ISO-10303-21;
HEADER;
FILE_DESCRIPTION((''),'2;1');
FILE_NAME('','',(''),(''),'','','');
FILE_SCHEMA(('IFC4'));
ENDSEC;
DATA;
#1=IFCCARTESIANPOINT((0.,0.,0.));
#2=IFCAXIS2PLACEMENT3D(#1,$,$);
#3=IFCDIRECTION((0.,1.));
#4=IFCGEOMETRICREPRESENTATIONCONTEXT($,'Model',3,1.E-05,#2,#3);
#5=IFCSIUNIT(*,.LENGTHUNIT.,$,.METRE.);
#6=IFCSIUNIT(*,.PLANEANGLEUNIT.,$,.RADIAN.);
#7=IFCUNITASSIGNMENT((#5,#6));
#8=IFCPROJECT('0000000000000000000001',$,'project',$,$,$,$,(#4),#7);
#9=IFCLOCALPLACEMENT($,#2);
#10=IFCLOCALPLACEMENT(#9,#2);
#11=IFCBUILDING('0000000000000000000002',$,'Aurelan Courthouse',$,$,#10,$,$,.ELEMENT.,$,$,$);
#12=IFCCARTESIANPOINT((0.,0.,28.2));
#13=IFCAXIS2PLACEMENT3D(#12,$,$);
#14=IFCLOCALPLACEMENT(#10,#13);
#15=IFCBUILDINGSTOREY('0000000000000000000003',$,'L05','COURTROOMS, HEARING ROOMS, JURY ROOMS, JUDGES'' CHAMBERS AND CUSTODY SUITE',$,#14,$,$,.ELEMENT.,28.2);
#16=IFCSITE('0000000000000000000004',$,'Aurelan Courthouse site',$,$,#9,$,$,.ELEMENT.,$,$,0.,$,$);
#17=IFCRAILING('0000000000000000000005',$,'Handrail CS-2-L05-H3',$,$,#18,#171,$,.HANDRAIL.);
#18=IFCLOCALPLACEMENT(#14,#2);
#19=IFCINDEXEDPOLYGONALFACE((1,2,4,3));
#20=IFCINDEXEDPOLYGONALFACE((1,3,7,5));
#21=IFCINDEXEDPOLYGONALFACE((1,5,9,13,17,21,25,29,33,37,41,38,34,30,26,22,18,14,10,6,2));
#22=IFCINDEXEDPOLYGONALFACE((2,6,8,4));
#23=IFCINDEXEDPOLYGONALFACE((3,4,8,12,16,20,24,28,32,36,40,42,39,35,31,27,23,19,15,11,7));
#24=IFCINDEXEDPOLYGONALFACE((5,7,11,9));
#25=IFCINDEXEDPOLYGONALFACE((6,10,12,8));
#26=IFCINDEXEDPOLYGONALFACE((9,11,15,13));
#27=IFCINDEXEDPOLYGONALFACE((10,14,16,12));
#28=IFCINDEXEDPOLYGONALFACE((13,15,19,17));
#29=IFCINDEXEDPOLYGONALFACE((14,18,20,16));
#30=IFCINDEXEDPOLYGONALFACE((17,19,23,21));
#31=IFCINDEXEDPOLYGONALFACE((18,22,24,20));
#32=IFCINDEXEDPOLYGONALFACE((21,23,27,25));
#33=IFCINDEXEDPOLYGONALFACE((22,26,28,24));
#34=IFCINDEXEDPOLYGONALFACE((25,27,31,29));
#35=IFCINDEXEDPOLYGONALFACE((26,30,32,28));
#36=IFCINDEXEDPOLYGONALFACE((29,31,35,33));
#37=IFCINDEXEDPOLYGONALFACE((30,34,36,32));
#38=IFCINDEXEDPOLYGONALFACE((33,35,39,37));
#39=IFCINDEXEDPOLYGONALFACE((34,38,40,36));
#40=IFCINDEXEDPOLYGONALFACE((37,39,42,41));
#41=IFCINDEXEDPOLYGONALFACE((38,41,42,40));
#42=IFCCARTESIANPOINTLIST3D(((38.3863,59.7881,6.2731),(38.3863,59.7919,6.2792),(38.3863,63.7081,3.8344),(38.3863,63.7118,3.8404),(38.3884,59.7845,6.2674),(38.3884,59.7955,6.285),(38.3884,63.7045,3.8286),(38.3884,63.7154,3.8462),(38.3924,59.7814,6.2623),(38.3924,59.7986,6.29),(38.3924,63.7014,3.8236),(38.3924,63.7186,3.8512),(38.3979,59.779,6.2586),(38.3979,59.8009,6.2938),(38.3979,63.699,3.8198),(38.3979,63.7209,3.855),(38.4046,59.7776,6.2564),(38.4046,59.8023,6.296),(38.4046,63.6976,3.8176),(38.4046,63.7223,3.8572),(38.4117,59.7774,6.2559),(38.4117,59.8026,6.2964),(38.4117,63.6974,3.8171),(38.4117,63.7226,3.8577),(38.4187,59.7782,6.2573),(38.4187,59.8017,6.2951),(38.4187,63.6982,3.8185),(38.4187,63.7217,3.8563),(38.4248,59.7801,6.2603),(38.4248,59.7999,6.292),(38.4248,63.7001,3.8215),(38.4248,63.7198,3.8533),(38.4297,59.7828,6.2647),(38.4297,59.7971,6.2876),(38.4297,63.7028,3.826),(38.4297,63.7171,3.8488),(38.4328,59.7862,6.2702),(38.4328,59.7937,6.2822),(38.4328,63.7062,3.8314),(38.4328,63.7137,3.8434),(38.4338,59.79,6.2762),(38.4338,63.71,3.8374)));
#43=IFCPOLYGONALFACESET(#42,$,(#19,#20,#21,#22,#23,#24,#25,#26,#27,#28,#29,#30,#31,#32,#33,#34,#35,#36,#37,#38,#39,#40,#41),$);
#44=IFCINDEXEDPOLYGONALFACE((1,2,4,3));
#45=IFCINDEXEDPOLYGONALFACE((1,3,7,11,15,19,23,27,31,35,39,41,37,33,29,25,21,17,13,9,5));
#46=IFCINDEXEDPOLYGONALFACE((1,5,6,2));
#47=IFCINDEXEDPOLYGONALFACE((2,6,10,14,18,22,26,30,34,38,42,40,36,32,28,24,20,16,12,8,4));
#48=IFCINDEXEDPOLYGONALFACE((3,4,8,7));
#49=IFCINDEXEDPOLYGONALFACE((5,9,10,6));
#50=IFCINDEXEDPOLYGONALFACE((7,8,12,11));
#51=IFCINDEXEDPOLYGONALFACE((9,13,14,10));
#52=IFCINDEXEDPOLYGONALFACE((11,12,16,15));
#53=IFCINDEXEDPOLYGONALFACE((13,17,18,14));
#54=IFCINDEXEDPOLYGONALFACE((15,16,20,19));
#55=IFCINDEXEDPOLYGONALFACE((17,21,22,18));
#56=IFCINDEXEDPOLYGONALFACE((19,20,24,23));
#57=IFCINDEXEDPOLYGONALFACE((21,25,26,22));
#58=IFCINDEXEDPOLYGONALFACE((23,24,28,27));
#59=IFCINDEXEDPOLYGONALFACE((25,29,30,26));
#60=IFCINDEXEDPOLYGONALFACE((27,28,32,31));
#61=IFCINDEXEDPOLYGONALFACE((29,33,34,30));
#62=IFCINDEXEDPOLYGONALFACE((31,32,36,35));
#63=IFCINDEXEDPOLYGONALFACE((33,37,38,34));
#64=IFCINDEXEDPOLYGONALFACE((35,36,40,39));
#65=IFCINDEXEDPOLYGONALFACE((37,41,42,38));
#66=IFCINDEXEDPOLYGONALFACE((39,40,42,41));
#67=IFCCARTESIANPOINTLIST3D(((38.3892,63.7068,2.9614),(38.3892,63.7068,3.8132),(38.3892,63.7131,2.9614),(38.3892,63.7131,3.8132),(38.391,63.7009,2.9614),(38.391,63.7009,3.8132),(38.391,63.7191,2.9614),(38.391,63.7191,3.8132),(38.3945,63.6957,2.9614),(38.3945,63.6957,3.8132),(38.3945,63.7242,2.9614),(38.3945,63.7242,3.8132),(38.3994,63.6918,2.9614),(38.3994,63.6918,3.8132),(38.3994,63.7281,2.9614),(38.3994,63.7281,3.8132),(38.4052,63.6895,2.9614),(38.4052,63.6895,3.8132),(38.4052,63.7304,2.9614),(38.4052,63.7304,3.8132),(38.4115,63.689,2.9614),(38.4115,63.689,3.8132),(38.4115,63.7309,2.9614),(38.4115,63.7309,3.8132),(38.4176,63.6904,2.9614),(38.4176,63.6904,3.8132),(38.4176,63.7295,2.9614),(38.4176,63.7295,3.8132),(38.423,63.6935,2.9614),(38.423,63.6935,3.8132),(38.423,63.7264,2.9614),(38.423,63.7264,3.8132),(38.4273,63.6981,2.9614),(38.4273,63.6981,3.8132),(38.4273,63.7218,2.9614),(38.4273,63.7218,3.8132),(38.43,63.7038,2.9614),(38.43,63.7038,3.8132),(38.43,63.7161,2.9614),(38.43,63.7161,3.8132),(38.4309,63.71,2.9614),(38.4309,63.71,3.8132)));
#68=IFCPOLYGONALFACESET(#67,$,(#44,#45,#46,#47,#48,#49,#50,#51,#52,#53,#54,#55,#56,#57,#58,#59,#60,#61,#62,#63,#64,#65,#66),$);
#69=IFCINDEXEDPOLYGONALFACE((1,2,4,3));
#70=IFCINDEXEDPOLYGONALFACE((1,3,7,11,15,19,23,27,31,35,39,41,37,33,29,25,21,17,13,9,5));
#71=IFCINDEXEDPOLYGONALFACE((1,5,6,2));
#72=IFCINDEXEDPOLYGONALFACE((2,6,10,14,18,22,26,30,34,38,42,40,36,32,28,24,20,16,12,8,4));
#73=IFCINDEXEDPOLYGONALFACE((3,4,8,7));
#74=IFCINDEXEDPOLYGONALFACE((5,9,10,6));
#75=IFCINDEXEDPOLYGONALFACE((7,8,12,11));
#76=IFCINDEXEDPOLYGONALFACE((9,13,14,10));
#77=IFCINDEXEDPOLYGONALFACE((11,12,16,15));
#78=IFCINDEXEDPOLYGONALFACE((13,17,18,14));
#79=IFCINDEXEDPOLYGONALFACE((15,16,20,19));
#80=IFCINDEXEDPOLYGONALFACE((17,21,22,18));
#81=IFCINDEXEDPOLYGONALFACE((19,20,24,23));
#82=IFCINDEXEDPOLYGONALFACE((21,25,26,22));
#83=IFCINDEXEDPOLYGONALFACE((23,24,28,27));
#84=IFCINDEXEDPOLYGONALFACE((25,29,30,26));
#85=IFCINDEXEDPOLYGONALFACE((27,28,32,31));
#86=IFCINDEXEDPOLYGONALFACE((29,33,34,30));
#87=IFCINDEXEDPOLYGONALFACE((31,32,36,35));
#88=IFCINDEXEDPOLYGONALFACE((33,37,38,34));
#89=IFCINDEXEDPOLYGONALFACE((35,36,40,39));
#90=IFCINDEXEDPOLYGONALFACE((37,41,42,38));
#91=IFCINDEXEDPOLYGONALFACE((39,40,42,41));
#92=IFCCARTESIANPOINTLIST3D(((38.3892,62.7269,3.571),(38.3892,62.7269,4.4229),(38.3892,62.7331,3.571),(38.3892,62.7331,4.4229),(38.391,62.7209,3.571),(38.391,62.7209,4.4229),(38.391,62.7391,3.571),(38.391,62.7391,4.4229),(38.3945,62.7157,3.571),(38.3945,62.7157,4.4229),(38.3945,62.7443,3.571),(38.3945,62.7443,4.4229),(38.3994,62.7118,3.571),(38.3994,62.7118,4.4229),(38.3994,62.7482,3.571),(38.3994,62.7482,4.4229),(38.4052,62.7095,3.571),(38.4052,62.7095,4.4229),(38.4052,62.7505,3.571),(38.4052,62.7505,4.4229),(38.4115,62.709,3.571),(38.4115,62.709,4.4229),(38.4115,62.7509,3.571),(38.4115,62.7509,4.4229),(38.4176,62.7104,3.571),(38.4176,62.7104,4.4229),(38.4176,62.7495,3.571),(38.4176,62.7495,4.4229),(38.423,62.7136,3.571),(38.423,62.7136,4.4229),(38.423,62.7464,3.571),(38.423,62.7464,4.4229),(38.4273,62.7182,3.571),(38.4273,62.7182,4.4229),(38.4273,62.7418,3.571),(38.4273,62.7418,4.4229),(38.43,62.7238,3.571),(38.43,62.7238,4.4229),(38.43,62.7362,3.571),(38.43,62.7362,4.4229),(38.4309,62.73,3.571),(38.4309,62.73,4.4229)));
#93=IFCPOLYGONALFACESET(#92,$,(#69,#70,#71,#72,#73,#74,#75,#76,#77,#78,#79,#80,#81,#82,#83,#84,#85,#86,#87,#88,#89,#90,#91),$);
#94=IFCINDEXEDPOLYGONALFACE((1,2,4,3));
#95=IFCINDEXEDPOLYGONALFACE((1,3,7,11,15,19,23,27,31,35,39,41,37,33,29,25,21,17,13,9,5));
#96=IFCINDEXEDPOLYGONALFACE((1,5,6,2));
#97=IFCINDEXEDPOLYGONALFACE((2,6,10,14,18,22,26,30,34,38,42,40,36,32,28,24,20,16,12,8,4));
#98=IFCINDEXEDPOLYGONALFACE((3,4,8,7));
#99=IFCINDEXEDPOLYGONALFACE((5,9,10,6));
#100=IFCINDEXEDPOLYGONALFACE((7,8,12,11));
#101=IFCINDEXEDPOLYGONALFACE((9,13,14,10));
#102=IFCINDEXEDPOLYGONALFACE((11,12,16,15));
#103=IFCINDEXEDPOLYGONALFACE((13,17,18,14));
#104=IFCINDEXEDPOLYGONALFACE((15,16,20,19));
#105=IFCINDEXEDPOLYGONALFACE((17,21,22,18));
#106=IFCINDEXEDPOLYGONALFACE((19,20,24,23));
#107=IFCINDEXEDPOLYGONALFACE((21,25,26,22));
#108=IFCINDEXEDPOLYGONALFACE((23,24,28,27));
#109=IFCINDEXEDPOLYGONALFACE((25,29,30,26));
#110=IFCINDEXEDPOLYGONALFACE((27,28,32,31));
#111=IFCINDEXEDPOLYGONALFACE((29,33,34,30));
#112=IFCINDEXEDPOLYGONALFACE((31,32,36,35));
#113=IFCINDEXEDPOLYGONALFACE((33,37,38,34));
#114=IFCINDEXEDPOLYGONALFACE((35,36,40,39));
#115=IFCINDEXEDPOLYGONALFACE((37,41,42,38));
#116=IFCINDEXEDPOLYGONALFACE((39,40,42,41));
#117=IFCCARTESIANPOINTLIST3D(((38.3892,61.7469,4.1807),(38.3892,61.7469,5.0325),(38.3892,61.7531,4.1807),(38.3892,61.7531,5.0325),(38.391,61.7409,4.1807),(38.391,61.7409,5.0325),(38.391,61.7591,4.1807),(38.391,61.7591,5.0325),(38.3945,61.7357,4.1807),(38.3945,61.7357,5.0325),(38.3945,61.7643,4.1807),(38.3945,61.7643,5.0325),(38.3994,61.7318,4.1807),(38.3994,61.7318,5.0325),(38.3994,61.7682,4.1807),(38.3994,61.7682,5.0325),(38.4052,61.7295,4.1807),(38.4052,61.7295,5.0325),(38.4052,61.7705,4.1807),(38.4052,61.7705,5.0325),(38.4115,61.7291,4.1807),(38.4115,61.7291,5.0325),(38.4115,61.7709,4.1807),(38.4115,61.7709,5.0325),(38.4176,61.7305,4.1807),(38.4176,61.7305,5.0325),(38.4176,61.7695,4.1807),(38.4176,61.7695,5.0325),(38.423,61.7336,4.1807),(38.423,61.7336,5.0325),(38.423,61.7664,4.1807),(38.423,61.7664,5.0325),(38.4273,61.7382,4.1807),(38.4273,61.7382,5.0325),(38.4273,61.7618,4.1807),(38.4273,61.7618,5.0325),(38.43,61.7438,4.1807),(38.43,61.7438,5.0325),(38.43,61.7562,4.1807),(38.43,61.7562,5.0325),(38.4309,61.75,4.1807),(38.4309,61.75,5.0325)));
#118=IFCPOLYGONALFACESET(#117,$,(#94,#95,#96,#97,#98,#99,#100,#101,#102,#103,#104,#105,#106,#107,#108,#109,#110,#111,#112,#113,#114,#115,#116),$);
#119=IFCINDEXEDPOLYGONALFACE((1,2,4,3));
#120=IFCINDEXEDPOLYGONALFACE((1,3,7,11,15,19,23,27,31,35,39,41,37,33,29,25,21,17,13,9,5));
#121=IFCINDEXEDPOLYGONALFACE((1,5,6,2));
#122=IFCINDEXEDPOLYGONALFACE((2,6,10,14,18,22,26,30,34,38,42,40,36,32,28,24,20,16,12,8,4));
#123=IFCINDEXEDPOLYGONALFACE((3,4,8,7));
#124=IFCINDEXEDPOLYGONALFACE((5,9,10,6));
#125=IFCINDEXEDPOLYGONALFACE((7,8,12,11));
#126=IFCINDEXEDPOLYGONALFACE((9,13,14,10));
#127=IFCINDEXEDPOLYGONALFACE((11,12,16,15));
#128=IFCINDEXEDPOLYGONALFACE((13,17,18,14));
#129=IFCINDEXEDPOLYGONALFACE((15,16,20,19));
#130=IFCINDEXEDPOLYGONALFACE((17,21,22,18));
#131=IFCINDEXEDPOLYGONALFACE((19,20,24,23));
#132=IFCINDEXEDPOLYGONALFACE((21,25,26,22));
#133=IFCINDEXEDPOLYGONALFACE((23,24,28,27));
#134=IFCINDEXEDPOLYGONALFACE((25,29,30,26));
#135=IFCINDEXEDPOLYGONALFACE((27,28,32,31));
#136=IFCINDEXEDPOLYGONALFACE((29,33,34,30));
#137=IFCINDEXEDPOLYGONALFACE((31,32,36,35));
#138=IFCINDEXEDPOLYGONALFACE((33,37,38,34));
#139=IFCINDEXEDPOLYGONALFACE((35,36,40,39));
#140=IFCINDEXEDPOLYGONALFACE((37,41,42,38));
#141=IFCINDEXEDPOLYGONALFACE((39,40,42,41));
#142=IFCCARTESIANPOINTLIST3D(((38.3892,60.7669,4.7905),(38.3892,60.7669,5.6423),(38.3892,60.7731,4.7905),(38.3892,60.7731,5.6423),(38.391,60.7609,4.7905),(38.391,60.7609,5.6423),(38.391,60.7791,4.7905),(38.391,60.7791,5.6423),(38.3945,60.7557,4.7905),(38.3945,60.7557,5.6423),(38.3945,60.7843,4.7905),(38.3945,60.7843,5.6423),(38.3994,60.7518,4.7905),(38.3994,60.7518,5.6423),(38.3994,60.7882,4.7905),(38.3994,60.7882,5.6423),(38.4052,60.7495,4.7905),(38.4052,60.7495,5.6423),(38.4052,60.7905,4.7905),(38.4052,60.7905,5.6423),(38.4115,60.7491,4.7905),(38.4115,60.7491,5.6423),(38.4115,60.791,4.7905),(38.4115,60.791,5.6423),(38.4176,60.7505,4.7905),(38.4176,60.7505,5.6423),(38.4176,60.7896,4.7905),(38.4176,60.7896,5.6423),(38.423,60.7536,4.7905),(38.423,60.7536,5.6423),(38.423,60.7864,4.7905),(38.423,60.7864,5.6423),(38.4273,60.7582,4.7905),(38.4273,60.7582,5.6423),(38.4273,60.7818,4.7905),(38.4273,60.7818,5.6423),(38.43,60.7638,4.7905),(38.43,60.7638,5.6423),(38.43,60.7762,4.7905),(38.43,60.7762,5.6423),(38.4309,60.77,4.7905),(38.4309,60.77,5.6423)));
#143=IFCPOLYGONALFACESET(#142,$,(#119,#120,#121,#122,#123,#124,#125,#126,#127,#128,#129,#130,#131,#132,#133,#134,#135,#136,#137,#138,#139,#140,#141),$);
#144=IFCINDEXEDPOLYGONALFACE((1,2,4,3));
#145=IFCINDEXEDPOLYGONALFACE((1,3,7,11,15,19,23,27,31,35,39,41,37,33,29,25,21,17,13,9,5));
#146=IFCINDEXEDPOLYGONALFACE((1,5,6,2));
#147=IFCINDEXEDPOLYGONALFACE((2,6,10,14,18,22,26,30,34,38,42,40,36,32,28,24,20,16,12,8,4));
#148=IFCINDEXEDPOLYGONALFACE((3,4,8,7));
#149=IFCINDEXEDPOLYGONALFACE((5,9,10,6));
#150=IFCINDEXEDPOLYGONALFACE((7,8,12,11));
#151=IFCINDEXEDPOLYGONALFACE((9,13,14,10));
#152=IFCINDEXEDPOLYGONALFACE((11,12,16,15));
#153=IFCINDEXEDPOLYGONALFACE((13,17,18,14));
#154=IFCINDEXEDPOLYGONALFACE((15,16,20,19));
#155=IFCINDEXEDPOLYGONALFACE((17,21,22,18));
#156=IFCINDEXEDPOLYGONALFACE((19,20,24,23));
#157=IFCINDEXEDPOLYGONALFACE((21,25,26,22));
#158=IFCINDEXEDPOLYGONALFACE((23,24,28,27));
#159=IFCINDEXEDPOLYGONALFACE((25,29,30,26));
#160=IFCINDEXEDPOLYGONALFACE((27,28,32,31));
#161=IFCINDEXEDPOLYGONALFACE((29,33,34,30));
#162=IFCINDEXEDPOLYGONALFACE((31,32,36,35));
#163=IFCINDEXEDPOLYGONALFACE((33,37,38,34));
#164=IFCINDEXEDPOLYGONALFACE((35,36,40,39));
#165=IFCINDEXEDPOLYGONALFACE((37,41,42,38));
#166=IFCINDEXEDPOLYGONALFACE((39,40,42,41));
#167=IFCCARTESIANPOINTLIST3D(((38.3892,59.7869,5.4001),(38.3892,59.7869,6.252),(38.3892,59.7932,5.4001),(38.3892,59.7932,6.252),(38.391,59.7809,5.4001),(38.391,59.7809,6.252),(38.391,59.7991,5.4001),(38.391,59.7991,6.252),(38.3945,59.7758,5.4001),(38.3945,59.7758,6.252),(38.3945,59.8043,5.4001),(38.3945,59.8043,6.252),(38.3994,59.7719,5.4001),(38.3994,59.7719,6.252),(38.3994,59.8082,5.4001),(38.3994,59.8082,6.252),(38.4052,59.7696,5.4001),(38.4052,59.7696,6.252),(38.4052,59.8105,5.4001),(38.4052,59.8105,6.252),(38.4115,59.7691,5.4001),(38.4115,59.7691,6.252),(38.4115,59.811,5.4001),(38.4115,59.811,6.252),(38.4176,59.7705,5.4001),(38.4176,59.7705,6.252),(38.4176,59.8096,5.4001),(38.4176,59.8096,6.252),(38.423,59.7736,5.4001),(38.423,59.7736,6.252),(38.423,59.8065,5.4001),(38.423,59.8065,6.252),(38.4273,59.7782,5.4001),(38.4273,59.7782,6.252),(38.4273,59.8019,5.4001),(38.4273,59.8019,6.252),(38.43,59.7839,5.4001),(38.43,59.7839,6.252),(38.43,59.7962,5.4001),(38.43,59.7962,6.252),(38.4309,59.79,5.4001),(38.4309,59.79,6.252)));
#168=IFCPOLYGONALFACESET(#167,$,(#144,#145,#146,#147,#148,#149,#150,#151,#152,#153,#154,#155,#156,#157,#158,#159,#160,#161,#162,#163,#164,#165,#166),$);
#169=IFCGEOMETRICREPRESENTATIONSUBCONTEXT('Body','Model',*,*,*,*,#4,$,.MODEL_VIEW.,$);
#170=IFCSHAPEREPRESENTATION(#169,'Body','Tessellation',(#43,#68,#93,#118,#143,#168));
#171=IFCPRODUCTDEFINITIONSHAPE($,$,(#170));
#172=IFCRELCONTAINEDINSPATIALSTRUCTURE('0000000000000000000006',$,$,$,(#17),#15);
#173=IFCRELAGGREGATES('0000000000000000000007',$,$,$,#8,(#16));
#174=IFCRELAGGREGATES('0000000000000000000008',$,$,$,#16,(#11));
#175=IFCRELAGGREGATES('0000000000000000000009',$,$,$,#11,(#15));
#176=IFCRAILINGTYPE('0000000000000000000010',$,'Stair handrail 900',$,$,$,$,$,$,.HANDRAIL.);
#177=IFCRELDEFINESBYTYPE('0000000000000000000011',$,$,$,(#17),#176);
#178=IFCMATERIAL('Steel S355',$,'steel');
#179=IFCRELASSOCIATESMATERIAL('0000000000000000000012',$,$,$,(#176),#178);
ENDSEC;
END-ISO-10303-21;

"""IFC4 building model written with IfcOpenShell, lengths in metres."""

from ifc_helpers import new_model, si_unit, direction, frame, origin, origin_2d, place, context, subcontext, project, spatial, circle, extrude, material, type_object, element, save


model = new_model("IFC4")

# Units and contexts
model_context = context("Model", 3, precision=1e-05, world=origin(), true_north=direction((0.0, 1.0)))
body_context = subcontext(model_context, "Body", "Model", "MODEL_VIEW")
ifc_project = project(units=[si_unit("LENGTHUNIT", "METRE"), si_unit("PLANEANGLEUNIT", "RADIAN")], contexts=[model_context])

# Site, building, storey
site_placement = place(None, origin())
site = spatial("IfcSite", under=ifc_project, at=site_placement, Name="Aurelan Courthouse site", CompositionType="ELEMENT", RefElevation=0.0)
building_placement = place(site_placement, origin())
building = spatial("IfcBuilding", under=site, at=building_placement, Name="Aurelan Courthouse", CompositionType="ELEMENT")
storey_placement = place(building_placement, frame((0.0, 0.0, 28.2)))
storey = spatial("IfcBuildingStorey", under=building, at=storey_placement, Name="L05", Description="COURTROOMS, HEARING ROOMS, JURY ROOMS, JUDGES' CHAMBERS AND CUSTODY SUITE", CompositionType="ELEMENT", Elevation=28.2)

# Railing
ifc_material_1 = material(Name="Steel S355", Category="steel")
railing_type_1 = type_object("IfcRailingType", Name="Stair handrail 900", PredefinedType="HANDRAIL", material=ifc_material_1)
for number, where, name in (
    (1, (38.4099, 63.71, 2.9614), "Handrail CS-2-L05-H3"),
):
    element("IfcRailing", number, at=place(storey_placement, frame(where)), inside=storey, type_object=railing_type_1, Name=name, PredefinedType="HANDRAIL", context=body_context, shape_type="SweptSolid", body=[
        extrude(circle(Radius=0.0239, at=origin_2d()), frame((0.0, 0.0, 0.876), z_axis=(0.0, -0.84909, 0.528249), x_axis=(1.0, 0.0, 0.0)), (0.0, 0.0, 1.0), 4.6167),
        extrude(circle(Radius=0.021, at=origin_2d()), origin(), (0.0, 0.0, 1.0), 0.8518),
        extrude(circle(Radius=0.021, at=origin_2d()), frame((0.0, -0.98, 0.6096)), (0.0, 0.0, 1.0), 0.8518),
        extrude(circle(Radius=0.021, at=origin_2d()), frame((0.0, -1.96, 1.2192)), (0.0, 0.0, 1.0), 0.8518),
        extrude(circle(Radius=0.021, at=origin_2d()), frame((0.0, -2.9399, 1.8291)), (0.0, 0.0, 1.0), 0.8518),
        extrude(circle(Radius=0.021, at=origin_2d()), frame((0.0, -3.9199, 2.4387)), (0.0, 0.0, 1.0), 0.8518),
    ])

save(model, "model.ifc")
